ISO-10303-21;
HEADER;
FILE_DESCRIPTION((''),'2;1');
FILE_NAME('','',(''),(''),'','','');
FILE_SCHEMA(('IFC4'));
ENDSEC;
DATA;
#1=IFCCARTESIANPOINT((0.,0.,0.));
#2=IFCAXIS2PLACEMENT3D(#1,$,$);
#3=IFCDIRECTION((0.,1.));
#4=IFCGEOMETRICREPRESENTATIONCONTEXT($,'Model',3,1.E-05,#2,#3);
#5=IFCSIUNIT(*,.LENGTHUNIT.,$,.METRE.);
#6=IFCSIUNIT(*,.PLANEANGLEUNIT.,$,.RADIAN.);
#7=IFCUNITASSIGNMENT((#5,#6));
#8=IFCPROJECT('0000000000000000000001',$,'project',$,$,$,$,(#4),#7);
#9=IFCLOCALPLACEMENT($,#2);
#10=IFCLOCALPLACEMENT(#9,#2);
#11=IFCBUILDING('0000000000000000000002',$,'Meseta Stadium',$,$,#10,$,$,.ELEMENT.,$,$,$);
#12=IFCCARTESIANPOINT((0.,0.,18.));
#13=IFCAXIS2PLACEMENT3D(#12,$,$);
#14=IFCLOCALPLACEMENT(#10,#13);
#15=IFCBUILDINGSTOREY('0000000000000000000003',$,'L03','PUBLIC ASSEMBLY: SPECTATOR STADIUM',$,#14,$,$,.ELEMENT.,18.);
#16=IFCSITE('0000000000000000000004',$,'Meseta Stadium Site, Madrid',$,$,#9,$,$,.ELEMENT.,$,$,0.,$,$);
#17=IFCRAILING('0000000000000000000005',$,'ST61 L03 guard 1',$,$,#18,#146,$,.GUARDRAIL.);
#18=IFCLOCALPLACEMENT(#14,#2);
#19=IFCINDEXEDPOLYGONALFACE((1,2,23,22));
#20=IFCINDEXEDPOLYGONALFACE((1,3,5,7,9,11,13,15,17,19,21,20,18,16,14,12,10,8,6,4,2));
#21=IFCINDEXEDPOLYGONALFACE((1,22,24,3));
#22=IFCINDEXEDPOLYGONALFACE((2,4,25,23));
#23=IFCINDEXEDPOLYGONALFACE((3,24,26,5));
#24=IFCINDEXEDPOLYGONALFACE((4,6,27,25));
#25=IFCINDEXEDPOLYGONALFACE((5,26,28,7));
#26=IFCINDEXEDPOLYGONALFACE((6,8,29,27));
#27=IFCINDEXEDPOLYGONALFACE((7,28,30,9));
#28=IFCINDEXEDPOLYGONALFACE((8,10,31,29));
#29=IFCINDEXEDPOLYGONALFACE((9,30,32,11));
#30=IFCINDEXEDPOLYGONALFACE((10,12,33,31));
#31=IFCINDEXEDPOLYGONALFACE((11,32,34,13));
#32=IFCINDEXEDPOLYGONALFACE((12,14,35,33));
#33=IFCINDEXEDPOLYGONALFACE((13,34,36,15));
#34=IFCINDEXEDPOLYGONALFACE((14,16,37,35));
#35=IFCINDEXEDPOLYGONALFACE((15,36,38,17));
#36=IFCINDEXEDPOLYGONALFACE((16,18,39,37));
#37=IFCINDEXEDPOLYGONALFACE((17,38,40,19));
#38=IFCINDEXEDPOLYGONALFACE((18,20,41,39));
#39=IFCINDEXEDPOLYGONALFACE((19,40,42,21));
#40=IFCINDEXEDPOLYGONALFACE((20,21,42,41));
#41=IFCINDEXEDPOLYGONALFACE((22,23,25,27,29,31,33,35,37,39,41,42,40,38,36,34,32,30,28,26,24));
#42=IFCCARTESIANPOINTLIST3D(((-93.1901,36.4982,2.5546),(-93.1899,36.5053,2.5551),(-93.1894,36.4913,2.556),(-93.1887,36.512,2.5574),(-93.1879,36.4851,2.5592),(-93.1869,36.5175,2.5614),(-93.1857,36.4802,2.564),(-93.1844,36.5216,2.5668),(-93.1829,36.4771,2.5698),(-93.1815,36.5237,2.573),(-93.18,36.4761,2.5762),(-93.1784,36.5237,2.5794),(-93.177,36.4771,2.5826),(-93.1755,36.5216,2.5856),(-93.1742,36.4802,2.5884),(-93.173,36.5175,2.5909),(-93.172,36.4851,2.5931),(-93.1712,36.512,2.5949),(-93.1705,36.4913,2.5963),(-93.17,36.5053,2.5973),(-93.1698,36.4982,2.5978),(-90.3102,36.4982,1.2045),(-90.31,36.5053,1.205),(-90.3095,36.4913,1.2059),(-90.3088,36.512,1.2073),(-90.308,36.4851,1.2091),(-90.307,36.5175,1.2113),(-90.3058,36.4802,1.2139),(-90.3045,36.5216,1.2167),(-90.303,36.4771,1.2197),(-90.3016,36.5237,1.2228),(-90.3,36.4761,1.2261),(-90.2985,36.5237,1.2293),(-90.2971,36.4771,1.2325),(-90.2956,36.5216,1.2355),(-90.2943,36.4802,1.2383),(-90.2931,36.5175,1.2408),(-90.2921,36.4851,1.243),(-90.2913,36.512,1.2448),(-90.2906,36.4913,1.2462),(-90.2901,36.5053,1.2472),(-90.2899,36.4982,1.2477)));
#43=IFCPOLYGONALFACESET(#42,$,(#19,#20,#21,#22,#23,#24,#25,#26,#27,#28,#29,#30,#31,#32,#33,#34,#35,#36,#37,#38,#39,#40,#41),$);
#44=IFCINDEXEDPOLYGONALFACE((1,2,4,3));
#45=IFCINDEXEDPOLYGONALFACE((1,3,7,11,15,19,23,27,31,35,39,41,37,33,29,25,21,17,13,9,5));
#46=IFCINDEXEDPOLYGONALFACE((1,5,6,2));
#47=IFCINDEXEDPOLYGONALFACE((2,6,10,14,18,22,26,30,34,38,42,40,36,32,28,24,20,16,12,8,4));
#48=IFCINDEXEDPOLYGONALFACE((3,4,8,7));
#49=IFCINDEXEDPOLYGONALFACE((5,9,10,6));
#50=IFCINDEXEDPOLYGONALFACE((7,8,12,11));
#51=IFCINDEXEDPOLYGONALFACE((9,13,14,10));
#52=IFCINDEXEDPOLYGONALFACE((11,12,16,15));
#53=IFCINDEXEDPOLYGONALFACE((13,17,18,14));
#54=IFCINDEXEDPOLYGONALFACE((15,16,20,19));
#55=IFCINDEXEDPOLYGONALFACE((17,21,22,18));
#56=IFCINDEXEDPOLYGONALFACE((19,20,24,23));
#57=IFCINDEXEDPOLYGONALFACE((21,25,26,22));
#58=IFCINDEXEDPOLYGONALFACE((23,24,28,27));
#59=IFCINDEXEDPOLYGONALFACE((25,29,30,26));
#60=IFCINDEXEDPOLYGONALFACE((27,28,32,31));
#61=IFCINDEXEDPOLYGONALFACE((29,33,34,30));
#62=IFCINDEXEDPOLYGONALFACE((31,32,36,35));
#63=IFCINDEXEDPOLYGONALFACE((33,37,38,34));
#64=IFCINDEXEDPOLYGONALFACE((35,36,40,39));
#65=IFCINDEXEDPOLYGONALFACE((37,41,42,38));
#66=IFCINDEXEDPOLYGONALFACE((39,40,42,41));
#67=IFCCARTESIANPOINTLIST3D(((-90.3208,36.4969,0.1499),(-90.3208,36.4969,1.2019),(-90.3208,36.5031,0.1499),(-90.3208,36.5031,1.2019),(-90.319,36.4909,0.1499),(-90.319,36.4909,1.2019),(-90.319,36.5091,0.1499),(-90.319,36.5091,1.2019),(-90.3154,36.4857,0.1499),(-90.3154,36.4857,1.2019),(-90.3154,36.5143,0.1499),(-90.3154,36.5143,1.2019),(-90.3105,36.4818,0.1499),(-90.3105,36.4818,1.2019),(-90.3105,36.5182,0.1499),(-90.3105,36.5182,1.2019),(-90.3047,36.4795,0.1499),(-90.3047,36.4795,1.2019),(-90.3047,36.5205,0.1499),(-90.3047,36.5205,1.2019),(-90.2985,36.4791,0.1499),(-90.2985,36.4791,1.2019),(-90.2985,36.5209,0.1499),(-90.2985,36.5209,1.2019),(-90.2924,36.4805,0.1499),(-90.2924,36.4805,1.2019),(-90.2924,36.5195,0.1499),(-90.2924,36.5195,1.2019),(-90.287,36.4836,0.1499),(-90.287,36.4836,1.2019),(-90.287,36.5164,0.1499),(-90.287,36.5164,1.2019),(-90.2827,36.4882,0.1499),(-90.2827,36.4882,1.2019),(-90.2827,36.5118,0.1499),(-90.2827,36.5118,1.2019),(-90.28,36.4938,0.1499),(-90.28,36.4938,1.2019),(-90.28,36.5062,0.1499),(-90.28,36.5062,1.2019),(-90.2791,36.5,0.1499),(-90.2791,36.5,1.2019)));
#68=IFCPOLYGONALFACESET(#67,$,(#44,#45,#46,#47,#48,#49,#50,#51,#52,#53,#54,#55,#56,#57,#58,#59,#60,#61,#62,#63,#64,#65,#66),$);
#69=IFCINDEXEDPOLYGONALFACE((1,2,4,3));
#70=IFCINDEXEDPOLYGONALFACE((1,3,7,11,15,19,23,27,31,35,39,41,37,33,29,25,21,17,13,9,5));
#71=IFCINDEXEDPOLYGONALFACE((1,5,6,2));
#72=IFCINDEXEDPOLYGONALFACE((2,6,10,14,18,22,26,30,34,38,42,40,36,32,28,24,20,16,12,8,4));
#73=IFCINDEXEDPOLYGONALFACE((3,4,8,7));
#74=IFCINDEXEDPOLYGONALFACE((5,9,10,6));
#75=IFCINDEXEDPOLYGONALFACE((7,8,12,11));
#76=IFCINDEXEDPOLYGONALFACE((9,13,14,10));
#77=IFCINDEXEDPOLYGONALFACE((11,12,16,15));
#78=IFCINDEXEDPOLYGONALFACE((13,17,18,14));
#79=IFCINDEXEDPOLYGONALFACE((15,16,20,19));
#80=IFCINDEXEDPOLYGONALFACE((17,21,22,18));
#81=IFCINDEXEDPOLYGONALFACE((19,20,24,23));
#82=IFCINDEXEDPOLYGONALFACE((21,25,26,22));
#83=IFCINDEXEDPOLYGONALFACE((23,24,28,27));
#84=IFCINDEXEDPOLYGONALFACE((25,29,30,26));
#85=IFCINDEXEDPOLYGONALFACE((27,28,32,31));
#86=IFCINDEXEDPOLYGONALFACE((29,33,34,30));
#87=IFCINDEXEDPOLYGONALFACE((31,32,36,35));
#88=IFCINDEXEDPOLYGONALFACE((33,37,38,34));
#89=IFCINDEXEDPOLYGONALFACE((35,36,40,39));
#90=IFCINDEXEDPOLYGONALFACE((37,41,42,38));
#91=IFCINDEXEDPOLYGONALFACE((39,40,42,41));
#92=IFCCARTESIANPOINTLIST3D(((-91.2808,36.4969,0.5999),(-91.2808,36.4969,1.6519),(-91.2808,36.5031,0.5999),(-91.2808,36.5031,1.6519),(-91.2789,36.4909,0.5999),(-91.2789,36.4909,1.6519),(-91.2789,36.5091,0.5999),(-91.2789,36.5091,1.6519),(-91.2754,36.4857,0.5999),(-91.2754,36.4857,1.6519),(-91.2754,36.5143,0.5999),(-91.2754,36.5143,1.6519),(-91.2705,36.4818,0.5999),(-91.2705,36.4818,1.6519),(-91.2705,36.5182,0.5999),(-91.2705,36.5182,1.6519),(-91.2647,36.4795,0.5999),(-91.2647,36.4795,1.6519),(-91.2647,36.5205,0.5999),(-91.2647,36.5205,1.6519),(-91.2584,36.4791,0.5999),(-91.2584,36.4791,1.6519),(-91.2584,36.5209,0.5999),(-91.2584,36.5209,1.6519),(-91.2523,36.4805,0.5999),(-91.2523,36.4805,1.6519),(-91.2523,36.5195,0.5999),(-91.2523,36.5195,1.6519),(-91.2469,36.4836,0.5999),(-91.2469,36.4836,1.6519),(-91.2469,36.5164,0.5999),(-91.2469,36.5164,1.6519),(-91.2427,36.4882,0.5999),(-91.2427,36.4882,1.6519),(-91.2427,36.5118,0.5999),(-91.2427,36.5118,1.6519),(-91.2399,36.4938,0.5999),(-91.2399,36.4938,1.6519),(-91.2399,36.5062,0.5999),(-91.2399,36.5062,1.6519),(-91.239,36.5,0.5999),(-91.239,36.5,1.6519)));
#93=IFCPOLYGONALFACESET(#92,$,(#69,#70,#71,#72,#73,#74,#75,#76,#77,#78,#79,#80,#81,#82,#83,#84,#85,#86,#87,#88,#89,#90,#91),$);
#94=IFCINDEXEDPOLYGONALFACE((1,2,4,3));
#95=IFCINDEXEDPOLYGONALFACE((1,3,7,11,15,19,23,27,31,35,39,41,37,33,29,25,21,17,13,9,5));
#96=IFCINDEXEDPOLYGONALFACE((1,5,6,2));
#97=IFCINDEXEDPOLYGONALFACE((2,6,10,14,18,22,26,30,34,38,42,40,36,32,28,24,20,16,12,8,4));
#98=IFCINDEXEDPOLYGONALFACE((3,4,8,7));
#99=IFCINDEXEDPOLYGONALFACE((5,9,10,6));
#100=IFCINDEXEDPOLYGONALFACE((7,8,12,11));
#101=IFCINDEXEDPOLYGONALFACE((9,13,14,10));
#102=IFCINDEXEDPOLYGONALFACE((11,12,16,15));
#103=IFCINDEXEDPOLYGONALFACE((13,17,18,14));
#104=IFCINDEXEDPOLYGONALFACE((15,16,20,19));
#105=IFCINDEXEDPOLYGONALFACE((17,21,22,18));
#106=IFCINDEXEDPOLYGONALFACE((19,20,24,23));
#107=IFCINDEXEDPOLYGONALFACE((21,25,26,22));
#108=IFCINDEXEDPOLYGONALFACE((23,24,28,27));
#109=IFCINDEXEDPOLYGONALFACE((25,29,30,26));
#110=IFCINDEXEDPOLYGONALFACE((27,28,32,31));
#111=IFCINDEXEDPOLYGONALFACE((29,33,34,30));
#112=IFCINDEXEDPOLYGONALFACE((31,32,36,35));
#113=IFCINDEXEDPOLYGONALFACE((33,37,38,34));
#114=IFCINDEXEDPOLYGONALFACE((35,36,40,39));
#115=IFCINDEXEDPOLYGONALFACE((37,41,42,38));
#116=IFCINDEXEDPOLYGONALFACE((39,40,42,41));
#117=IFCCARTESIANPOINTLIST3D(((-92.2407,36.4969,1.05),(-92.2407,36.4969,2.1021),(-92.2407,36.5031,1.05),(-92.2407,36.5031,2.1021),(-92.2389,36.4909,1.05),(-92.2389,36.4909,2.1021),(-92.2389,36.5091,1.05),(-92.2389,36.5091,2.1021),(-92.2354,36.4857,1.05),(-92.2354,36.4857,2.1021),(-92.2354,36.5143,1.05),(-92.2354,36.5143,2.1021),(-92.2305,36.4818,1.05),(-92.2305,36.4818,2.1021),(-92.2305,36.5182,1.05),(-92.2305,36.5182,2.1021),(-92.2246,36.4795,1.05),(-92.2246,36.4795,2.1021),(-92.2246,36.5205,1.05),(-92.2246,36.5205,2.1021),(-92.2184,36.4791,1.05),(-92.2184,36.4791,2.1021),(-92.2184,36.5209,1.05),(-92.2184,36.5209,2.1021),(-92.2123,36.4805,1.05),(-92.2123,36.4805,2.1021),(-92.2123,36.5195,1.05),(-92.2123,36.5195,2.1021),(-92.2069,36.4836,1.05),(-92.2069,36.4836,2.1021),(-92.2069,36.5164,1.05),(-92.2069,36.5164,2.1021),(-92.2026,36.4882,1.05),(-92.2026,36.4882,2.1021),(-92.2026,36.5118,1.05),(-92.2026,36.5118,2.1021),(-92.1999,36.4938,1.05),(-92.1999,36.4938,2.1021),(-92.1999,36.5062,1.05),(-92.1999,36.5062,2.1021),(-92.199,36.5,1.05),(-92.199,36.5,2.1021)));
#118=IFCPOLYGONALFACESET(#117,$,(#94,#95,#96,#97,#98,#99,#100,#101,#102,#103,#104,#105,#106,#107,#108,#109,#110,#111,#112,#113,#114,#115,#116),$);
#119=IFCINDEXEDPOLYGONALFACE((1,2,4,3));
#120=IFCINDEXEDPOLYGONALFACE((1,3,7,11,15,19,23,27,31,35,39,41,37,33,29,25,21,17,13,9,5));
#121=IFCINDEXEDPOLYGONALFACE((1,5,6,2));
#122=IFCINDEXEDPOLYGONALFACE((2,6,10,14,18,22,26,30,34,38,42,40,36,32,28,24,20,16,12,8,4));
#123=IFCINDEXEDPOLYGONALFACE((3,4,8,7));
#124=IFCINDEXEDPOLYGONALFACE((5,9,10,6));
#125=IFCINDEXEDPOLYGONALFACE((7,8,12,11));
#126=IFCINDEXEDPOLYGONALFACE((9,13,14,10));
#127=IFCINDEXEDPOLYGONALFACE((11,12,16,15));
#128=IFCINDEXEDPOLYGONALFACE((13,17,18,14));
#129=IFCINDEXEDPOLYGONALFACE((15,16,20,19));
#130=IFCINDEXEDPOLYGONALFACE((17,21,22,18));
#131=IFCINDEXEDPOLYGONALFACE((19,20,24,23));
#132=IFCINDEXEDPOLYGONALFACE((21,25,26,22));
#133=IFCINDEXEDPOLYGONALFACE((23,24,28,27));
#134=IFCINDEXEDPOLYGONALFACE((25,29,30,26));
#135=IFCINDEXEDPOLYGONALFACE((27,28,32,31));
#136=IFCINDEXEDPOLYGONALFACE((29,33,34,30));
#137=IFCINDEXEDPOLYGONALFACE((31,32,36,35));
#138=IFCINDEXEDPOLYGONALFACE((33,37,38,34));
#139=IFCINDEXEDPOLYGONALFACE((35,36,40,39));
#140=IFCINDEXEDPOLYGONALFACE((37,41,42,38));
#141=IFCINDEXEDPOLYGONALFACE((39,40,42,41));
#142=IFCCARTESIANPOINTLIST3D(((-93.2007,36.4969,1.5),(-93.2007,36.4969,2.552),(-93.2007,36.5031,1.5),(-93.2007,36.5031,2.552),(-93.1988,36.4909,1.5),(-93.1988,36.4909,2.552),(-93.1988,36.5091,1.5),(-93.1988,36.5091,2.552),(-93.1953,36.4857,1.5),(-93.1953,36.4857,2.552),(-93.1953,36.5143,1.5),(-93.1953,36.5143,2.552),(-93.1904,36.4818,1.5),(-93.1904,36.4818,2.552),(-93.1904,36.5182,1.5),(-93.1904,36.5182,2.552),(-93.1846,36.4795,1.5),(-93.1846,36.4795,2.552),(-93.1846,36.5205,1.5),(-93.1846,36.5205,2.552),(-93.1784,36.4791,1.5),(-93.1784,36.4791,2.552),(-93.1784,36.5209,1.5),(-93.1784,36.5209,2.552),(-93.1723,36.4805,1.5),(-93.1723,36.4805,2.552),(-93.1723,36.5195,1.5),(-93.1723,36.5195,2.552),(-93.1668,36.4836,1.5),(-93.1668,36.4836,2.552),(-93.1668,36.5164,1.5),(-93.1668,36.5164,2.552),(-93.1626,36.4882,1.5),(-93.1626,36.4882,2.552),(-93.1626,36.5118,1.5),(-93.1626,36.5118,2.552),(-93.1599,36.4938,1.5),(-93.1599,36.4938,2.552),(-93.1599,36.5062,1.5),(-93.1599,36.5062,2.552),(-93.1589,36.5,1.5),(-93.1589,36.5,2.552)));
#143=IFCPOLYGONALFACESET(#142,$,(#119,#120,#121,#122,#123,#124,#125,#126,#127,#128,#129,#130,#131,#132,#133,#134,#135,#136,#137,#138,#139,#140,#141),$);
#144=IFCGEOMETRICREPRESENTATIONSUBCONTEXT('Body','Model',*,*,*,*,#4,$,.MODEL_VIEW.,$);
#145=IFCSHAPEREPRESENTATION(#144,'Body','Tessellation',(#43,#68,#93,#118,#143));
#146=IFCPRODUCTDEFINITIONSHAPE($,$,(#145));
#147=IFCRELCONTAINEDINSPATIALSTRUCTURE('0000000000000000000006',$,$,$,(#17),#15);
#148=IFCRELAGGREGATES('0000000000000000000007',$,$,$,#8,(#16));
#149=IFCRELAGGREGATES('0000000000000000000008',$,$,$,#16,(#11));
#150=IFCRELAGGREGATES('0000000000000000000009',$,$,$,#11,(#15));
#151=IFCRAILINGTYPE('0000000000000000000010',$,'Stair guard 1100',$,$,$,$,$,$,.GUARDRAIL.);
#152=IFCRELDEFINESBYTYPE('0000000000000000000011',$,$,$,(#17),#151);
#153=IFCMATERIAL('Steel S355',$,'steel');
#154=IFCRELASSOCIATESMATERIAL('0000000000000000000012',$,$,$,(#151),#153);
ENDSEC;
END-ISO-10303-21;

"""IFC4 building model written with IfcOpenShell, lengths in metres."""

from ifc_helpers import new_model, si_unit, direction, frame, origin, origin_2d, place, context, subcontext, project, spatial, circle, extrude, material, type_object, element, save


model = new_model("IFC4")

# Units and contexts
model_context = context("Model", 3, precision=1e-05, world=origin(), true_north=direction((0.0, 1.0)))
body_context = subcontext(model_context, "Body", "Model", "MODEL_VIEW")
ifc_project = project(units=[si_unit("LENGTHUNIT", "METRE"), si_unit("PLANEANGLEUNIT", "RADIAN")], contexts=[model_context])

# Site, building, storey
site_placement = place(None, origin())
site = spatial("IfcSite", under=ifc_project, at=site_placement, Name="Meseta Stadium Site, Madrid", CompositionType="ELEMENT", RefElevation=0.0)
building_placement = place(site_placement, origin())
building = spatial("IfcBuilding", under=site, at=building_placement, Name="Meseta Stadium", CompositionType="ELEMENT")
storey_placement = place(building_placement, frame((0.0, 0.0, 18.0)))
storey = spatial("IfcBuildingStorey", under=building, at=storey_placement, Name="L03", Description="PUBLIC ASSEMBLY: SPECTATOR STADIUM", CompositionType="ELEMENT", Elevation=18.0)

# Railing
ifc_material_1 = material(Name="Steel S355", Category="steel")
railing_type_1 = type_object("IfcRailingType", Name="Stair guard 1100", PredefinedType="GUARDRAIL", material=ifc_material_1)
for number, where, name in (
    (1, (-90.3, 36.5, 0.1499), "ST61 L03 guard 1"),
):
    element("IfcRailing", number, at=place(storey_placement, frame(where)), inside=storey, type_object=railing_type_1, Name=name, PredefinedType="GUARDRAIL", context=body_context, shape_type="SweptSolid", body=[
        extrude(circle(Radius=0.0239, at=origin_2d()), frame((0.0, 0.0, 1.0762), z_axis=(-0.90544, 0.0, 0.424473), x_axis=(0.0, -1.0, 0.0)), (0.0, 0.0, 1.0), 3.1807),
        extrude(circle(Radius=0.021, at=origin_2d()), origin(), (0.0, 0.0, 1.0), 1.052),
        extrude(circle(Radius=0.021, at=origin_2d()), frame((-0.96, 0.0, 0.45)), (0.0, 0.0, 1.0), 1.052),
        extrude(circle(Radius=0.021, at=origin_2d()), frame((-1.9199, 0.0, 0.9001)), (0.0, 0.0, 1.0), 1.052),
        extrude(circle(Radius=0.021, at=origin_2d()), frame((-2.8799, 0.0, 1.3501)), (0.0, 0.0, 1.0), 1.052),
    ])

save(model, "model.ifc")
